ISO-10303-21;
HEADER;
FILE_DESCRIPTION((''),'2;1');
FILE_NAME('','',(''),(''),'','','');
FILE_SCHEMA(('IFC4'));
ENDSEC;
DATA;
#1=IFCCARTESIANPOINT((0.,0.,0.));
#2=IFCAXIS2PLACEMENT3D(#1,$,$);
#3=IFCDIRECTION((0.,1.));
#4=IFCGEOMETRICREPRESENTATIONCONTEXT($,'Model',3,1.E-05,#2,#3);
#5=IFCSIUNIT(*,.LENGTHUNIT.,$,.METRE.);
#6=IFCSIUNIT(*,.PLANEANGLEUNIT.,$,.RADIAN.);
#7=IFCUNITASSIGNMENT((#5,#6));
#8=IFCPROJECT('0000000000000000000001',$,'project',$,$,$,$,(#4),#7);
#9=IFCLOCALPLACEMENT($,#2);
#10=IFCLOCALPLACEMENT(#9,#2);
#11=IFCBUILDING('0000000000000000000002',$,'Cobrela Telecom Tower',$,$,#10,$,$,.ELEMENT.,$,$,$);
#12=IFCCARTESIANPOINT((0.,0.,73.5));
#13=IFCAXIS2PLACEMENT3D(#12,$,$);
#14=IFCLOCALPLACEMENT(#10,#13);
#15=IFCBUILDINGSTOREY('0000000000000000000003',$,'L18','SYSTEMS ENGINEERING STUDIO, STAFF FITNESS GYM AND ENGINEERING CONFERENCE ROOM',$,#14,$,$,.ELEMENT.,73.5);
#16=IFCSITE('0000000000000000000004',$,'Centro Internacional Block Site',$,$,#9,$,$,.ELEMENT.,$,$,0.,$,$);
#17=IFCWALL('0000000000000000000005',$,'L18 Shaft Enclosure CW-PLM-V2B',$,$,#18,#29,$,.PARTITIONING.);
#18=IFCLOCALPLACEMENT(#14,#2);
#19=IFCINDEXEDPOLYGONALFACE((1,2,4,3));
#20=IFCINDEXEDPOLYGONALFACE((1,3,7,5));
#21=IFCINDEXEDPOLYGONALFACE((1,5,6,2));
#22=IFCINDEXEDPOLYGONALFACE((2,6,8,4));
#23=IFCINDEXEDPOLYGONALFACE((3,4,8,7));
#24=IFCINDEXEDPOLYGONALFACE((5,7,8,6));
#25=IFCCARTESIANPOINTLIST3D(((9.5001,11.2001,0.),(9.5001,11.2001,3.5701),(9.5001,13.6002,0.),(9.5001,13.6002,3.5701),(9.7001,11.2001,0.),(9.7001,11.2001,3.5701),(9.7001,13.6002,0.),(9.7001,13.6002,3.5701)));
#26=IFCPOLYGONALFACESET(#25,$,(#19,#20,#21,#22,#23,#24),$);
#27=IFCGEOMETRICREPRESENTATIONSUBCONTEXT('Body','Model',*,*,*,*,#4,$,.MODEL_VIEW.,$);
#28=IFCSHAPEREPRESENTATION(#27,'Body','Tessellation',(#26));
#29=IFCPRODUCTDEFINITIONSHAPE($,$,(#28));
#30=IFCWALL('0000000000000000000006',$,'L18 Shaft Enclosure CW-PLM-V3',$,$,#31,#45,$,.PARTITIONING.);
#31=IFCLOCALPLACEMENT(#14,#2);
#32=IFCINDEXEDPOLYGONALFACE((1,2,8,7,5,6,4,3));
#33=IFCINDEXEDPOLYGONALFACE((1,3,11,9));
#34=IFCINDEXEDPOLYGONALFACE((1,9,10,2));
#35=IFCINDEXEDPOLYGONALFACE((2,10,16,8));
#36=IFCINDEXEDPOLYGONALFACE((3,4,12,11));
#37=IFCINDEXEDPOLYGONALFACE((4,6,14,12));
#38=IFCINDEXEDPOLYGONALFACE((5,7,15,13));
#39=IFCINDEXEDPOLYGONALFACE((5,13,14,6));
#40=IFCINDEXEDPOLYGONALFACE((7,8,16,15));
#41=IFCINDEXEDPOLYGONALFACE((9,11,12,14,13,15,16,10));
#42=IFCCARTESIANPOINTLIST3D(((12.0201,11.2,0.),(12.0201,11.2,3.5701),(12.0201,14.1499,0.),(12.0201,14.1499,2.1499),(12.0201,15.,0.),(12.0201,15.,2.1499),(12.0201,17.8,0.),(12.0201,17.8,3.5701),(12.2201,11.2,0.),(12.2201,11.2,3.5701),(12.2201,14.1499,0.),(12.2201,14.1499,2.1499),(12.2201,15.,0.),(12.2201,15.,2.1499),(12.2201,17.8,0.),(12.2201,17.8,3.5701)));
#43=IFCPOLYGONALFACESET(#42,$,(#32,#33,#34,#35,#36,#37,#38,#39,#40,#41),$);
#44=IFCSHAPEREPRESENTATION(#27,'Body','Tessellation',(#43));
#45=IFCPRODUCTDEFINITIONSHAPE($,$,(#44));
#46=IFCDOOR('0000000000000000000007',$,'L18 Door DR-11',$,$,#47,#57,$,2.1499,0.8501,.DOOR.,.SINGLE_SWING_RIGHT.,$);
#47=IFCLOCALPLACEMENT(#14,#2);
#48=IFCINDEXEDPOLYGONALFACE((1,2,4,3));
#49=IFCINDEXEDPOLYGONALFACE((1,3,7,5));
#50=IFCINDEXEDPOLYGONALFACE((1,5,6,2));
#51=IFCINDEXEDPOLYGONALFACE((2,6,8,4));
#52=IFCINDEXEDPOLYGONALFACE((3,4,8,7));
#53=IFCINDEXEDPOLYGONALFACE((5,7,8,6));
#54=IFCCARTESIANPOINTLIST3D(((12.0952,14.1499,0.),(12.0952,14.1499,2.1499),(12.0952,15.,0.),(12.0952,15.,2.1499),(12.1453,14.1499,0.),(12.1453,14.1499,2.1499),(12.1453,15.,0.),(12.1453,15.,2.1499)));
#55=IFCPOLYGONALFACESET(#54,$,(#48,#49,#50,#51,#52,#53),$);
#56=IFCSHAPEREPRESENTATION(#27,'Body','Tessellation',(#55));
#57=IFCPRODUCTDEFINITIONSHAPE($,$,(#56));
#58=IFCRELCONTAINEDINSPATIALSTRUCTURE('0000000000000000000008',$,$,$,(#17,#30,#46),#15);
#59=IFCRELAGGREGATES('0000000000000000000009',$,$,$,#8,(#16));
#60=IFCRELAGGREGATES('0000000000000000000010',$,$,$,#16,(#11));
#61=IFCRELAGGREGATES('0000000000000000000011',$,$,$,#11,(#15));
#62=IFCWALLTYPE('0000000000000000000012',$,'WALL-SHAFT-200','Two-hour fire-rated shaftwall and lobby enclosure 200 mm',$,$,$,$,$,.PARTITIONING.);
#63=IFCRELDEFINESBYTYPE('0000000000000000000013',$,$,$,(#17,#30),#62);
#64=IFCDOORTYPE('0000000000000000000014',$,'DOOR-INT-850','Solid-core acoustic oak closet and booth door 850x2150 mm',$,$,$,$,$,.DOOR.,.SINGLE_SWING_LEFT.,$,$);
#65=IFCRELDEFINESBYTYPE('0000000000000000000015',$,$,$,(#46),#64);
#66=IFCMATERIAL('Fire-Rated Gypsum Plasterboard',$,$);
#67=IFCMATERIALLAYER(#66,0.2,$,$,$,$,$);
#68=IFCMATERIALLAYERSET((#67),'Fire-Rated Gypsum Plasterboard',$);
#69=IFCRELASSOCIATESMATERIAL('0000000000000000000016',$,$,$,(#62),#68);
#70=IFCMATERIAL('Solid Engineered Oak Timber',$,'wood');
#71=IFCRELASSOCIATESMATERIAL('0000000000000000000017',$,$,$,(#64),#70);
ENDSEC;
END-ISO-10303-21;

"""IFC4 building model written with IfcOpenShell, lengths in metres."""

from ifc_helpers import new_model, si_unit, direction, frame, frame_2d, origin, place, context, subcontext, project, spatial, rectangle, extrude, material, layer, layer_set, type_object, element, fill, save


model = new_model("IFC4")

# Units and contexts
model_context = context("Model", 3, precision=1e-05, world=origin(), true_north=direction((0.0, 1.0)))
body_context = subcontext(model_context, "Body", "Model", "MODEL_VIEW")
ifc_project = project(units=[si_unit("LENGTHUNIT", "METRE"), si_unit("PLANEANGLEUNIT", "RADIAN")], contexts=[model_context])

# Site, building, storey
site_placement = place(None, origin())
site = spatial("IfcSite", under=ifc_project, at=site_placement, Name="Centro Internacional Block Site", CompositionType="ELEMENT", RefElevation=0.0)
building_placement = place(site_placement, origin())
building = spatial("IfcBuilding", under=site, at=building_placement, Name="Cobrela Telecom Tower", CompositionType="ELEMENT")
storey_placement = place(building_placement, frame((0.0, 0.0, 73.5)))
storey = spatial("IfcBuildingStorey", under=building, at=storey_placement, Name="L18", Description="SYSTEMS ENGINEERING STUDIO, STAFF FITNESS GYM AND ENGINEERING CONFERENCE ROOM", CompositionType="ELEMENT", Elevation=73.5)

# Shared definitions
ifc_material_1 = material(Name="Fire-Rated Gypsum Plasterboard")
ifc_material_2 = material(Name="Solid Engineered Oak Timber", Category="wood")

# Wall
ifc_layer_1 = layer(ifc_material_1, 0.2)
ifc_layer_set_1 = layer_set([ifc_layer_1], Name="Fire-Rated Gypsum Plasterboard")
wall_type_1 = type_object("IfcWallType", Name="WALL-SHAFT-200", Description="Two-hour fire-rated shaftwall and lobby enclosure 200 mm", PredefinedType="PARTITIONING", material=ifc_layer_set_1)
for number, where, z_axis, x_axis, name in (
    (1, (9.6001, 11.2, 0.0), (0.0, 0.0, 1.0), (0.0, 1.0, 0.0), "L18 Shaft Enclosure CW-PLM-V2B"),
):
    element("IfcWall", number, at=place(storey_placement, frame(where, z_axis=z_axis, x_axis=x_axis)), inside=storey, type_object=wall_type_1, Name=name, PredefinedType="PARTITIONING", context=body_context, shape_type="SweptSolid", body=[
        extrude(rectangle(XDim=2.4001, YDim=0.2, at=frame_2d((1.2002, 0.0))), origin(), (0.0, 0.0, 1.0), 3.5701),
    ])

# Wall, opening, door
wall_1_placement = place(storey_placement, frame((12.1201, 11.2, 0.0), z_axis=(0.0, 0.0, 1.0), x_axis=(0.0, 1.0, 0.0)))
wall_1 = element("IfcWall", 2, at=wall_1_placement, inside=storey, type_object=wall_type_1, Name="L18 Shaft Enclosure CW-PLM-V3", PredefinedType="PARTITIONING", context=body_context, shape_type="SweptSolid", body=[
    extrude(rectangle(XDim=6.6001, YDim=0.2, at=frame_2d((3.3, 0.0))), origin(), (0.0, 0.0, 1.0), 3.5701),
])
opening_1_placement = place(wall_1_placement, frame((2.95, 0.0, 0.0)))
opening_1 = element("IfcOpeningElement", 3, at=opening_1_placement, cuts=wall_1, PredefinedType="OPENING", context=body_context, shape_type="SweptSolid", body=[
    extrude(rectangle(XDim=0.8501, YDim=2.1499, at=frame_2d((0.425, 1.075))), frame((0.0, 0.1118, 0.0), z_axis=(0.0, -1.0, 0.0), x_axis=(1.0, 0.0, 0.0)), (0.0, 0.0, 1.0), 0.2239),
])
door_type_1 = type_object("IfcDoorType", Name="DOOR-INT-850", Description="Solid-core acoustic oak closet and booth door 850x2150 mm", OperationType="SINGLE_SWING_LEFT", PredefinedType="DOOR", material=ifc_material_2)
door_1_placement = place(opening_1_placement, origin())
door_1 = element("IfcDoor", 4, at=door_1_placement, inside=storey, type_object=door_type_1, Name="L18 Door DR-11", OperationType="SINGLE_SWING_RIGHT", OverallHeight=2.1499, OverallWidth=0.8501, PredefinedType="DOOR", context=body_context, shape_type="SweptSolid", body=[
    extrude(rectangle(XDim=0.8501, YDim=2.1499, at=frame_2d((0.425, 1.075))), frame((0.0, 0.0249, 0.0), z_axis=(0.0, -1.0, 0.0), x_axis=(1.0, 0.0, 0.0)), (0.0, 0.0, 1.0), 0.05),
])
fill(opening_1, door_1)

save(model, "model.ifc")
